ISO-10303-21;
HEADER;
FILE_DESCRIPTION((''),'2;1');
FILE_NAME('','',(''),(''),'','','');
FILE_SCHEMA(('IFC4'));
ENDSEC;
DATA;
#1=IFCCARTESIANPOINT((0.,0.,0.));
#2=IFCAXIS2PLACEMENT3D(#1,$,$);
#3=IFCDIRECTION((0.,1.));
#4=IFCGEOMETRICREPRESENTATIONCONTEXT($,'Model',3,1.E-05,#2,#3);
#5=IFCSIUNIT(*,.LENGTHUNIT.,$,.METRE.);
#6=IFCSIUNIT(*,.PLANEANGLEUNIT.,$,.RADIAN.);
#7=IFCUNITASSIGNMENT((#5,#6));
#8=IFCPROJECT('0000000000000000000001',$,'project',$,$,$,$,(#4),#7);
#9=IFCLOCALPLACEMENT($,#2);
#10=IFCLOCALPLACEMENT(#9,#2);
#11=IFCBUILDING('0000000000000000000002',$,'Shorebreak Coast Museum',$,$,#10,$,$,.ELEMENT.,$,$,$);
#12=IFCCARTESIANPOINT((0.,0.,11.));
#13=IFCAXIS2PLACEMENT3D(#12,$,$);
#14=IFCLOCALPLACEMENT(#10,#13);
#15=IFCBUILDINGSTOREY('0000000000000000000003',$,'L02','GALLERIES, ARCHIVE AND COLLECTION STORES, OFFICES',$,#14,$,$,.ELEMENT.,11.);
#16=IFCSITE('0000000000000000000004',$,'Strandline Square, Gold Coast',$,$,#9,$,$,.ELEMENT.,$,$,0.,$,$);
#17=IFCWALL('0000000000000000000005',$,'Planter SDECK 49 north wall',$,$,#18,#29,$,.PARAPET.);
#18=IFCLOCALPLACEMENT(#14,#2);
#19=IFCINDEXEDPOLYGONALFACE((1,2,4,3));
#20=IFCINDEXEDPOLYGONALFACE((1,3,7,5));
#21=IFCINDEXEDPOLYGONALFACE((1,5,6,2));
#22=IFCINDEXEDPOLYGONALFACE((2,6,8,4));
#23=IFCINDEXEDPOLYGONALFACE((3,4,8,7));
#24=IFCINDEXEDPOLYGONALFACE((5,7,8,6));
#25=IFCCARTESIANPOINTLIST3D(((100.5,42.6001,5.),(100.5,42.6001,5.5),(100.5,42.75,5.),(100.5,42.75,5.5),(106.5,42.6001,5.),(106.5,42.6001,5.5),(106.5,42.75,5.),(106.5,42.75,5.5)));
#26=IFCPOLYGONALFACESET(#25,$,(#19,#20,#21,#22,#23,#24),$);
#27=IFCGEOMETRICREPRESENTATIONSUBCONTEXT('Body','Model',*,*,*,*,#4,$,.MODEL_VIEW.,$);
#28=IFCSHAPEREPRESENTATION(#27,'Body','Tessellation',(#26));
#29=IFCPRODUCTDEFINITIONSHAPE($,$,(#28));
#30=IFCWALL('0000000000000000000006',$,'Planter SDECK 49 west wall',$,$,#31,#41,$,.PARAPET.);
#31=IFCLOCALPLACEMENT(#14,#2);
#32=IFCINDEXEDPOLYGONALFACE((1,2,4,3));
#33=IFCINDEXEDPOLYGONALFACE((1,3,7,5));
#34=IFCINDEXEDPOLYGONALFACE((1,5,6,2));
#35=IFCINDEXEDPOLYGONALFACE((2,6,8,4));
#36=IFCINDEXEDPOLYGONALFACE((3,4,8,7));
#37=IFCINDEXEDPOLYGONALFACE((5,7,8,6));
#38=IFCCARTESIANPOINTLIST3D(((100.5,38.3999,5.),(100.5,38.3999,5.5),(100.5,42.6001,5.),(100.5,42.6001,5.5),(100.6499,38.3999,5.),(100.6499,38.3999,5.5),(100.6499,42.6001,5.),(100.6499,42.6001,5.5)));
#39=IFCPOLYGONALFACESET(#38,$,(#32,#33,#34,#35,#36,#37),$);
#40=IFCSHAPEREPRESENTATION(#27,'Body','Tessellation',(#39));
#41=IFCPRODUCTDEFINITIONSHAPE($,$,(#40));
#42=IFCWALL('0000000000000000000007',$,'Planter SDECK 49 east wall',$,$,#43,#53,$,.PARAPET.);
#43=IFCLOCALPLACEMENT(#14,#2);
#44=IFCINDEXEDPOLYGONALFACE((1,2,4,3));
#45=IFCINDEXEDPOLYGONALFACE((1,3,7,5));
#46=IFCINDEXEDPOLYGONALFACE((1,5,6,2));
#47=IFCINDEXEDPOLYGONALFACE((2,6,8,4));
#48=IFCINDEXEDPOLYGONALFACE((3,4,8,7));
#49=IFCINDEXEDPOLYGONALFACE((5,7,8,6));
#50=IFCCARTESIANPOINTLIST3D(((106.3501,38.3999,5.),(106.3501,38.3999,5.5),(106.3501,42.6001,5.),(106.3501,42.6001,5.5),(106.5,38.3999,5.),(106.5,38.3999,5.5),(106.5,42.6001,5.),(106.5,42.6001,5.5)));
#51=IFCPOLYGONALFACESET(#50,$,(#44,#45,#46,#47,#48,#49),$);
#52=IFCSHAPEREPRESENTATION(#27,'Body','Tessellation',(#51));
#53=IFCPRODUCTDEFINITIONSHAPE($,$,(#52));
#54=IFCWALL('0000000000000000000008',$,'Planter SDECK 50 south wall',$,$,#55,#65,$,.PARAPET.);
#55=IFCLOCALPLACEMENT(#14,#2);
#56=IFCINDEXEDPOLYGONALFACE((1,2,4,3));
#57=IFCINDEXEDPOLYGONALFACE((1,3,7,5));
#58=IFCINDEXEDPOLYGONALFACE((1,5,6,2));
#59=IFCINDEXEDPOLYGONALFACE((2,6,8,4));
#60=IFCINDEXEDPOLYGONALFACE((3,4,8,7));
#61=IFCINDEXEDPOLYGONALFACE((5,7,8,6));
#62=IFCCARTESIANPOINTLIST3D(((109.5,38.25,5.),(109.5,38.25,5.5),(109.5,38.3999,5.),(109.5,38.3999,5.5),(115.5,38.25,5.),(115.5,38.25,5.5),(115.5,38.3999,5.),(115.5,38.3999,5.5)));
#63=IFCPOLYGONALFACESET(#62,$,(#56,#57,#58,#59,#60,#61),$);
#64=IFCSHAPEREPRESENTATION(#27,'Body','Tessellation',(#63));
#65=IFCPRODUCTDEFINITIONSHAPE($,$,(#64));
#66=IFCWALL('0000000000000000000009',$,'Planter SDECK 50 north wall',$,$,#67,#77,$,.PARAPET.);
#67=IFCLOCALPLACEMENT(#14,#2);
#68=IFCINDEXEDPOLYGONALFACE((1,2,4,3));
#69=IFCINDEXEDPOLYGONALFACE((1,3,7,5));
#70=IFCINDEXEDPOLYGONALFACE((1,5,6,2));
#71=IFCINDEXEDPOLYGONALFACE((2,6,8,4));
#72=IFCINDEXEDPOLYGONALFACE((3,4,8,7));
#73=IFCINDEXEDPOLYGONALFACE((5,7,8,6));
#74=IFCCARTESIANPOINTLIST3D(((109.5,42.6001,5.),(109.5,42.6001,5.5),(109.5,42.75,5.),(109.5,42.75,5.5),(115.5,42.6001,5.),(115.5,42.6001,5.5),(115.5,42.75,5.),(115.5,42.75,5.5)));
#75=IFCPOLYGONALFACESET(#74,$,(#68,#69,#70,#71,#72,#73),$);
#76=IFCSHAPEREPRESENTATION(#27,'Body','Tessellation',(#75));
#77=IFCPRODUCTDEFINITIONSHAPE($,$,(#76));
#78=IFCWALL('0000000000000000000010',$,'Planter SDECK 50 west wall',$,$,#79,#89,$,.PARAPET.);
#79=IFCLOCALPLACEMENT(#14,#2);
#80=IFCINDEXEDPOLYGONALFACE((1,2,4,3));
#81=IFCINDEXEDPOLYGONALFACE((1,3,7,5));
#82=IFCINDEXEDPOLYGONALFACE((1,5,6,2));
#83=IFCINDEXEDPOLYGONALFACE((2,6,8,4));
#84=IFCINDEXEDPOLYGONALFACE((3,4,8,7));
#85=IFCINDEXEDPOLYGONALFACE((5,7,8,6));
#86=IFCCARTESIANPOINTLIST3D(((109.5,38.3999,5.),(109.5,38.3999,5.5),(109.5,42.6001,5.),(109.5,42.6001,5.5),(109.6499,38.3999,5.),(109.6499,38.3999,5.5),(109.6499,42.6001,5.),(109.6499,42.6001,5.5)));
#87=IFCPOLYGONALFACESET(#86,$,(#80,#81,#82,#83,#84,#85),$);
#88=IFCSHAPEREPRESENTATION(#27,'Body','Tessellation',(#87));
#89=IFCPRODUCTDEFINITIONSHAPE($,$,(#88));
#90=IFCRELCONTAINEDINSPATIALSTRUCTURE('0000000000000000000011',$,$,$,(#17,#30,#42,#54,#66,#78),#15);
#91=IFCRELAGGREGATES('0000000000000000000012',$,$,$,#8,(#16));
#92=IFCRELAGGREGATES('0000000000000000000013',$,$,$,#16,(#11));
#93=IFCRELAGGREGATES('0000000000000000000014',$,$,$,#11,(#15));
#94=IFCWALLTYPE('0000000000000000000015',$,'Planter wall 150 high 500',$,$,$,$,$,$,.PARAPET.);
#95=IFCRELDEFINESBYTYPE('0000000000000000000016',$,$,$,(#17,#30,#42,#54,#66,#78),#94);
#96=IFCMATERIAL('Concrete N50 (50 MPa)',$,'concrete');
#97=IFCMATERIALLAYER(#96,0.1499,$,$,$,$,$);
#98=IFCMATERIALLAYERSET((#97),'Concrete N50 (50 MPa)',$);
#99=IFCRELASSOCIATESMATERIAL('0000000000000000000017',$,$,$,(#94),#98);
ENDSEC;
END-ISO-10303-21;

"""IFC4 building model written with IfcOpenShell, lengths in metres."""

from ifc_helpers import new_model, si_unit, direction, frame, frame_2d, origin, place, context, subcontext, project, spatial, rectangle, extrude, material, layer, layer_set, type_object, element, save


model = new_model("IFC4")

# Units and contexts
model_context = context("Model", 3, precision=1e-05, world=origin(), true_north=direction((0.0, 1.0)))
body_context = subcontext(model_context, "Body", "Model", "MODEL_VIEW")
ifc_project = project(units=[si_unit("LENGTHUNIT", "METRE"), si_unit("PLANEANGLEUNIT", "RADIAN")], contexts=[model_context])

# Site, building, storey
site_placement = place(None, origin())
site = spatial("IfcSite", under=ifc_project, at=site_placement, Name="Strandline Square, Gold Coast", CompositionType="ELEMENT", RefElevation=0.0)
building_placement = place(site_placement, origin())
building = spatial("IfcBuilding", under=site, at=building_placement, Name="Shorebreak Coast Museum", CompositionType="ELEMENT")
storey_placement = place(building_placement, frame((0.0, 0.0, 11.0)))
storey = spatial("IfcBuildingStorey", under=building, at=storey_placement, Name="L02", Description="GALLERIES, ARCHIVE AND COLLECTION STORES, OFFICES", CompositionType="ELEMENT", Elevation=11.0)

# Walls
ifc_material_1 = material(Name="Concrete N50 (50 MPa)", Category="concrete")
ifc_layer_1 = layer(ifc_material_1, 0.1499)
ifc_layer_set_1 = layer_set([ifc_layer_1], Name="Concrete N50 (50 MPa)")
wall_type_1 = type_object("IfcWallType", Name="Planter wall 150 high 500", PredefinedType="PARAPET", material=ifc_layer_set_1)
for number, where, z_axis, x_axis, name in (
    (1, (100.5, 42.675, 5.0), (0.0, 0.0, 1.0), (1.0, 0.0, 0.0), "Planter SDECK 49 north wall"),
):
    element("IfcWall", number, at=place(storey_placement, frame(where, z_axis=z_axis, x_axis=x_axis)), inside=storey, type_object=wall_type_1, Name=name, PredefinedType="PARAPET", context=body_context, shape_type="SweptSolid", body=[
        extrude(rectangle(XDim=6.0, YDim=0.1499, at=frame_2d((3.0, 0.0))), origin(), (0.0, 0.0, 1.0), 0.5),
    ])
for number, where, z_axis, x_axis, name in (
    (2, (100.575, 38.3999, 5.0), (0.0, 0.0, 1.0), (0.0, 1.0, 0.0), "Planter SDECK 49 west wall"),
    (3, (106.425, 38.3999, 5.0), (0.0, 0.0, 1.0), (0.0, 1.0, 0.0), "Planter SDECK 49 east wall"),
):
    element("IfcWall", number, at=place(storey_placement, frame(where, z_axis=z_axis, x_axis=x_axis)), inside=storey, type_object=wall_type_1, Name=name, PredefinedType="PARAPET", context=body_context, shape_type="SweptSolid", body=[
        extrude(rectangle(XDim=4.2002, YDim=0.1499, at=frame_2d((2.1001, 0.0))), origin(), (0.0, 0.0, 1.0), 0.5),
    ])
for number, where, z_axis, x_axis, name in (
    (4, (109.5, 38.325, 5.0), (0.0, 0.0, 1.0), (1.0, 0.0, 0.0), "Planter SDECK 50 south wall"),
    (5, (109.5, 42.675, 5.0), (0.0, 0.0, 1.0), (1.0, 0.0, 0.0), "Planter SDECK 50 north wall"),
):
    element("IfcWall", number, at=place(storey_placement, frame(where, z_axis=z_axis, x_axis=x_axis)), inside=storey, type_object=wall_type_1, Name=name, PredefinedType="PARAPET", context=body_context, shape_type="SweptSolid", body=[
        extrude(rectangle(XDim=6.0, YDim=0.1499, at=frame_2d((3.0, 0.0))), origin(), (0.0, 0.0, 1.0), 0.5),
    ])
wall_1_placement = place(storey_placement, frame((109.575, 38.3999, 5.0), z_axis=(0.0, 0.0, 1.0), x_axis=(0.0, 1.0, 0.0)))
element("IfcWall", 6, at=wall_1_placement, inside=storey, type_object=wall_type_1, Name="Planter SDECK 50 west wall", PredefinedType="PARAPET", context=body_context, shape_type="SweptSolid", body=[
    extrude(rectangle(XDim=4.2002, YDim=0.1499, at=frame_2d((2.1001, 0.0))), origin(), (0.0, 0.0, 1.0), 0.5),
])

save(model, "model.ifc")
